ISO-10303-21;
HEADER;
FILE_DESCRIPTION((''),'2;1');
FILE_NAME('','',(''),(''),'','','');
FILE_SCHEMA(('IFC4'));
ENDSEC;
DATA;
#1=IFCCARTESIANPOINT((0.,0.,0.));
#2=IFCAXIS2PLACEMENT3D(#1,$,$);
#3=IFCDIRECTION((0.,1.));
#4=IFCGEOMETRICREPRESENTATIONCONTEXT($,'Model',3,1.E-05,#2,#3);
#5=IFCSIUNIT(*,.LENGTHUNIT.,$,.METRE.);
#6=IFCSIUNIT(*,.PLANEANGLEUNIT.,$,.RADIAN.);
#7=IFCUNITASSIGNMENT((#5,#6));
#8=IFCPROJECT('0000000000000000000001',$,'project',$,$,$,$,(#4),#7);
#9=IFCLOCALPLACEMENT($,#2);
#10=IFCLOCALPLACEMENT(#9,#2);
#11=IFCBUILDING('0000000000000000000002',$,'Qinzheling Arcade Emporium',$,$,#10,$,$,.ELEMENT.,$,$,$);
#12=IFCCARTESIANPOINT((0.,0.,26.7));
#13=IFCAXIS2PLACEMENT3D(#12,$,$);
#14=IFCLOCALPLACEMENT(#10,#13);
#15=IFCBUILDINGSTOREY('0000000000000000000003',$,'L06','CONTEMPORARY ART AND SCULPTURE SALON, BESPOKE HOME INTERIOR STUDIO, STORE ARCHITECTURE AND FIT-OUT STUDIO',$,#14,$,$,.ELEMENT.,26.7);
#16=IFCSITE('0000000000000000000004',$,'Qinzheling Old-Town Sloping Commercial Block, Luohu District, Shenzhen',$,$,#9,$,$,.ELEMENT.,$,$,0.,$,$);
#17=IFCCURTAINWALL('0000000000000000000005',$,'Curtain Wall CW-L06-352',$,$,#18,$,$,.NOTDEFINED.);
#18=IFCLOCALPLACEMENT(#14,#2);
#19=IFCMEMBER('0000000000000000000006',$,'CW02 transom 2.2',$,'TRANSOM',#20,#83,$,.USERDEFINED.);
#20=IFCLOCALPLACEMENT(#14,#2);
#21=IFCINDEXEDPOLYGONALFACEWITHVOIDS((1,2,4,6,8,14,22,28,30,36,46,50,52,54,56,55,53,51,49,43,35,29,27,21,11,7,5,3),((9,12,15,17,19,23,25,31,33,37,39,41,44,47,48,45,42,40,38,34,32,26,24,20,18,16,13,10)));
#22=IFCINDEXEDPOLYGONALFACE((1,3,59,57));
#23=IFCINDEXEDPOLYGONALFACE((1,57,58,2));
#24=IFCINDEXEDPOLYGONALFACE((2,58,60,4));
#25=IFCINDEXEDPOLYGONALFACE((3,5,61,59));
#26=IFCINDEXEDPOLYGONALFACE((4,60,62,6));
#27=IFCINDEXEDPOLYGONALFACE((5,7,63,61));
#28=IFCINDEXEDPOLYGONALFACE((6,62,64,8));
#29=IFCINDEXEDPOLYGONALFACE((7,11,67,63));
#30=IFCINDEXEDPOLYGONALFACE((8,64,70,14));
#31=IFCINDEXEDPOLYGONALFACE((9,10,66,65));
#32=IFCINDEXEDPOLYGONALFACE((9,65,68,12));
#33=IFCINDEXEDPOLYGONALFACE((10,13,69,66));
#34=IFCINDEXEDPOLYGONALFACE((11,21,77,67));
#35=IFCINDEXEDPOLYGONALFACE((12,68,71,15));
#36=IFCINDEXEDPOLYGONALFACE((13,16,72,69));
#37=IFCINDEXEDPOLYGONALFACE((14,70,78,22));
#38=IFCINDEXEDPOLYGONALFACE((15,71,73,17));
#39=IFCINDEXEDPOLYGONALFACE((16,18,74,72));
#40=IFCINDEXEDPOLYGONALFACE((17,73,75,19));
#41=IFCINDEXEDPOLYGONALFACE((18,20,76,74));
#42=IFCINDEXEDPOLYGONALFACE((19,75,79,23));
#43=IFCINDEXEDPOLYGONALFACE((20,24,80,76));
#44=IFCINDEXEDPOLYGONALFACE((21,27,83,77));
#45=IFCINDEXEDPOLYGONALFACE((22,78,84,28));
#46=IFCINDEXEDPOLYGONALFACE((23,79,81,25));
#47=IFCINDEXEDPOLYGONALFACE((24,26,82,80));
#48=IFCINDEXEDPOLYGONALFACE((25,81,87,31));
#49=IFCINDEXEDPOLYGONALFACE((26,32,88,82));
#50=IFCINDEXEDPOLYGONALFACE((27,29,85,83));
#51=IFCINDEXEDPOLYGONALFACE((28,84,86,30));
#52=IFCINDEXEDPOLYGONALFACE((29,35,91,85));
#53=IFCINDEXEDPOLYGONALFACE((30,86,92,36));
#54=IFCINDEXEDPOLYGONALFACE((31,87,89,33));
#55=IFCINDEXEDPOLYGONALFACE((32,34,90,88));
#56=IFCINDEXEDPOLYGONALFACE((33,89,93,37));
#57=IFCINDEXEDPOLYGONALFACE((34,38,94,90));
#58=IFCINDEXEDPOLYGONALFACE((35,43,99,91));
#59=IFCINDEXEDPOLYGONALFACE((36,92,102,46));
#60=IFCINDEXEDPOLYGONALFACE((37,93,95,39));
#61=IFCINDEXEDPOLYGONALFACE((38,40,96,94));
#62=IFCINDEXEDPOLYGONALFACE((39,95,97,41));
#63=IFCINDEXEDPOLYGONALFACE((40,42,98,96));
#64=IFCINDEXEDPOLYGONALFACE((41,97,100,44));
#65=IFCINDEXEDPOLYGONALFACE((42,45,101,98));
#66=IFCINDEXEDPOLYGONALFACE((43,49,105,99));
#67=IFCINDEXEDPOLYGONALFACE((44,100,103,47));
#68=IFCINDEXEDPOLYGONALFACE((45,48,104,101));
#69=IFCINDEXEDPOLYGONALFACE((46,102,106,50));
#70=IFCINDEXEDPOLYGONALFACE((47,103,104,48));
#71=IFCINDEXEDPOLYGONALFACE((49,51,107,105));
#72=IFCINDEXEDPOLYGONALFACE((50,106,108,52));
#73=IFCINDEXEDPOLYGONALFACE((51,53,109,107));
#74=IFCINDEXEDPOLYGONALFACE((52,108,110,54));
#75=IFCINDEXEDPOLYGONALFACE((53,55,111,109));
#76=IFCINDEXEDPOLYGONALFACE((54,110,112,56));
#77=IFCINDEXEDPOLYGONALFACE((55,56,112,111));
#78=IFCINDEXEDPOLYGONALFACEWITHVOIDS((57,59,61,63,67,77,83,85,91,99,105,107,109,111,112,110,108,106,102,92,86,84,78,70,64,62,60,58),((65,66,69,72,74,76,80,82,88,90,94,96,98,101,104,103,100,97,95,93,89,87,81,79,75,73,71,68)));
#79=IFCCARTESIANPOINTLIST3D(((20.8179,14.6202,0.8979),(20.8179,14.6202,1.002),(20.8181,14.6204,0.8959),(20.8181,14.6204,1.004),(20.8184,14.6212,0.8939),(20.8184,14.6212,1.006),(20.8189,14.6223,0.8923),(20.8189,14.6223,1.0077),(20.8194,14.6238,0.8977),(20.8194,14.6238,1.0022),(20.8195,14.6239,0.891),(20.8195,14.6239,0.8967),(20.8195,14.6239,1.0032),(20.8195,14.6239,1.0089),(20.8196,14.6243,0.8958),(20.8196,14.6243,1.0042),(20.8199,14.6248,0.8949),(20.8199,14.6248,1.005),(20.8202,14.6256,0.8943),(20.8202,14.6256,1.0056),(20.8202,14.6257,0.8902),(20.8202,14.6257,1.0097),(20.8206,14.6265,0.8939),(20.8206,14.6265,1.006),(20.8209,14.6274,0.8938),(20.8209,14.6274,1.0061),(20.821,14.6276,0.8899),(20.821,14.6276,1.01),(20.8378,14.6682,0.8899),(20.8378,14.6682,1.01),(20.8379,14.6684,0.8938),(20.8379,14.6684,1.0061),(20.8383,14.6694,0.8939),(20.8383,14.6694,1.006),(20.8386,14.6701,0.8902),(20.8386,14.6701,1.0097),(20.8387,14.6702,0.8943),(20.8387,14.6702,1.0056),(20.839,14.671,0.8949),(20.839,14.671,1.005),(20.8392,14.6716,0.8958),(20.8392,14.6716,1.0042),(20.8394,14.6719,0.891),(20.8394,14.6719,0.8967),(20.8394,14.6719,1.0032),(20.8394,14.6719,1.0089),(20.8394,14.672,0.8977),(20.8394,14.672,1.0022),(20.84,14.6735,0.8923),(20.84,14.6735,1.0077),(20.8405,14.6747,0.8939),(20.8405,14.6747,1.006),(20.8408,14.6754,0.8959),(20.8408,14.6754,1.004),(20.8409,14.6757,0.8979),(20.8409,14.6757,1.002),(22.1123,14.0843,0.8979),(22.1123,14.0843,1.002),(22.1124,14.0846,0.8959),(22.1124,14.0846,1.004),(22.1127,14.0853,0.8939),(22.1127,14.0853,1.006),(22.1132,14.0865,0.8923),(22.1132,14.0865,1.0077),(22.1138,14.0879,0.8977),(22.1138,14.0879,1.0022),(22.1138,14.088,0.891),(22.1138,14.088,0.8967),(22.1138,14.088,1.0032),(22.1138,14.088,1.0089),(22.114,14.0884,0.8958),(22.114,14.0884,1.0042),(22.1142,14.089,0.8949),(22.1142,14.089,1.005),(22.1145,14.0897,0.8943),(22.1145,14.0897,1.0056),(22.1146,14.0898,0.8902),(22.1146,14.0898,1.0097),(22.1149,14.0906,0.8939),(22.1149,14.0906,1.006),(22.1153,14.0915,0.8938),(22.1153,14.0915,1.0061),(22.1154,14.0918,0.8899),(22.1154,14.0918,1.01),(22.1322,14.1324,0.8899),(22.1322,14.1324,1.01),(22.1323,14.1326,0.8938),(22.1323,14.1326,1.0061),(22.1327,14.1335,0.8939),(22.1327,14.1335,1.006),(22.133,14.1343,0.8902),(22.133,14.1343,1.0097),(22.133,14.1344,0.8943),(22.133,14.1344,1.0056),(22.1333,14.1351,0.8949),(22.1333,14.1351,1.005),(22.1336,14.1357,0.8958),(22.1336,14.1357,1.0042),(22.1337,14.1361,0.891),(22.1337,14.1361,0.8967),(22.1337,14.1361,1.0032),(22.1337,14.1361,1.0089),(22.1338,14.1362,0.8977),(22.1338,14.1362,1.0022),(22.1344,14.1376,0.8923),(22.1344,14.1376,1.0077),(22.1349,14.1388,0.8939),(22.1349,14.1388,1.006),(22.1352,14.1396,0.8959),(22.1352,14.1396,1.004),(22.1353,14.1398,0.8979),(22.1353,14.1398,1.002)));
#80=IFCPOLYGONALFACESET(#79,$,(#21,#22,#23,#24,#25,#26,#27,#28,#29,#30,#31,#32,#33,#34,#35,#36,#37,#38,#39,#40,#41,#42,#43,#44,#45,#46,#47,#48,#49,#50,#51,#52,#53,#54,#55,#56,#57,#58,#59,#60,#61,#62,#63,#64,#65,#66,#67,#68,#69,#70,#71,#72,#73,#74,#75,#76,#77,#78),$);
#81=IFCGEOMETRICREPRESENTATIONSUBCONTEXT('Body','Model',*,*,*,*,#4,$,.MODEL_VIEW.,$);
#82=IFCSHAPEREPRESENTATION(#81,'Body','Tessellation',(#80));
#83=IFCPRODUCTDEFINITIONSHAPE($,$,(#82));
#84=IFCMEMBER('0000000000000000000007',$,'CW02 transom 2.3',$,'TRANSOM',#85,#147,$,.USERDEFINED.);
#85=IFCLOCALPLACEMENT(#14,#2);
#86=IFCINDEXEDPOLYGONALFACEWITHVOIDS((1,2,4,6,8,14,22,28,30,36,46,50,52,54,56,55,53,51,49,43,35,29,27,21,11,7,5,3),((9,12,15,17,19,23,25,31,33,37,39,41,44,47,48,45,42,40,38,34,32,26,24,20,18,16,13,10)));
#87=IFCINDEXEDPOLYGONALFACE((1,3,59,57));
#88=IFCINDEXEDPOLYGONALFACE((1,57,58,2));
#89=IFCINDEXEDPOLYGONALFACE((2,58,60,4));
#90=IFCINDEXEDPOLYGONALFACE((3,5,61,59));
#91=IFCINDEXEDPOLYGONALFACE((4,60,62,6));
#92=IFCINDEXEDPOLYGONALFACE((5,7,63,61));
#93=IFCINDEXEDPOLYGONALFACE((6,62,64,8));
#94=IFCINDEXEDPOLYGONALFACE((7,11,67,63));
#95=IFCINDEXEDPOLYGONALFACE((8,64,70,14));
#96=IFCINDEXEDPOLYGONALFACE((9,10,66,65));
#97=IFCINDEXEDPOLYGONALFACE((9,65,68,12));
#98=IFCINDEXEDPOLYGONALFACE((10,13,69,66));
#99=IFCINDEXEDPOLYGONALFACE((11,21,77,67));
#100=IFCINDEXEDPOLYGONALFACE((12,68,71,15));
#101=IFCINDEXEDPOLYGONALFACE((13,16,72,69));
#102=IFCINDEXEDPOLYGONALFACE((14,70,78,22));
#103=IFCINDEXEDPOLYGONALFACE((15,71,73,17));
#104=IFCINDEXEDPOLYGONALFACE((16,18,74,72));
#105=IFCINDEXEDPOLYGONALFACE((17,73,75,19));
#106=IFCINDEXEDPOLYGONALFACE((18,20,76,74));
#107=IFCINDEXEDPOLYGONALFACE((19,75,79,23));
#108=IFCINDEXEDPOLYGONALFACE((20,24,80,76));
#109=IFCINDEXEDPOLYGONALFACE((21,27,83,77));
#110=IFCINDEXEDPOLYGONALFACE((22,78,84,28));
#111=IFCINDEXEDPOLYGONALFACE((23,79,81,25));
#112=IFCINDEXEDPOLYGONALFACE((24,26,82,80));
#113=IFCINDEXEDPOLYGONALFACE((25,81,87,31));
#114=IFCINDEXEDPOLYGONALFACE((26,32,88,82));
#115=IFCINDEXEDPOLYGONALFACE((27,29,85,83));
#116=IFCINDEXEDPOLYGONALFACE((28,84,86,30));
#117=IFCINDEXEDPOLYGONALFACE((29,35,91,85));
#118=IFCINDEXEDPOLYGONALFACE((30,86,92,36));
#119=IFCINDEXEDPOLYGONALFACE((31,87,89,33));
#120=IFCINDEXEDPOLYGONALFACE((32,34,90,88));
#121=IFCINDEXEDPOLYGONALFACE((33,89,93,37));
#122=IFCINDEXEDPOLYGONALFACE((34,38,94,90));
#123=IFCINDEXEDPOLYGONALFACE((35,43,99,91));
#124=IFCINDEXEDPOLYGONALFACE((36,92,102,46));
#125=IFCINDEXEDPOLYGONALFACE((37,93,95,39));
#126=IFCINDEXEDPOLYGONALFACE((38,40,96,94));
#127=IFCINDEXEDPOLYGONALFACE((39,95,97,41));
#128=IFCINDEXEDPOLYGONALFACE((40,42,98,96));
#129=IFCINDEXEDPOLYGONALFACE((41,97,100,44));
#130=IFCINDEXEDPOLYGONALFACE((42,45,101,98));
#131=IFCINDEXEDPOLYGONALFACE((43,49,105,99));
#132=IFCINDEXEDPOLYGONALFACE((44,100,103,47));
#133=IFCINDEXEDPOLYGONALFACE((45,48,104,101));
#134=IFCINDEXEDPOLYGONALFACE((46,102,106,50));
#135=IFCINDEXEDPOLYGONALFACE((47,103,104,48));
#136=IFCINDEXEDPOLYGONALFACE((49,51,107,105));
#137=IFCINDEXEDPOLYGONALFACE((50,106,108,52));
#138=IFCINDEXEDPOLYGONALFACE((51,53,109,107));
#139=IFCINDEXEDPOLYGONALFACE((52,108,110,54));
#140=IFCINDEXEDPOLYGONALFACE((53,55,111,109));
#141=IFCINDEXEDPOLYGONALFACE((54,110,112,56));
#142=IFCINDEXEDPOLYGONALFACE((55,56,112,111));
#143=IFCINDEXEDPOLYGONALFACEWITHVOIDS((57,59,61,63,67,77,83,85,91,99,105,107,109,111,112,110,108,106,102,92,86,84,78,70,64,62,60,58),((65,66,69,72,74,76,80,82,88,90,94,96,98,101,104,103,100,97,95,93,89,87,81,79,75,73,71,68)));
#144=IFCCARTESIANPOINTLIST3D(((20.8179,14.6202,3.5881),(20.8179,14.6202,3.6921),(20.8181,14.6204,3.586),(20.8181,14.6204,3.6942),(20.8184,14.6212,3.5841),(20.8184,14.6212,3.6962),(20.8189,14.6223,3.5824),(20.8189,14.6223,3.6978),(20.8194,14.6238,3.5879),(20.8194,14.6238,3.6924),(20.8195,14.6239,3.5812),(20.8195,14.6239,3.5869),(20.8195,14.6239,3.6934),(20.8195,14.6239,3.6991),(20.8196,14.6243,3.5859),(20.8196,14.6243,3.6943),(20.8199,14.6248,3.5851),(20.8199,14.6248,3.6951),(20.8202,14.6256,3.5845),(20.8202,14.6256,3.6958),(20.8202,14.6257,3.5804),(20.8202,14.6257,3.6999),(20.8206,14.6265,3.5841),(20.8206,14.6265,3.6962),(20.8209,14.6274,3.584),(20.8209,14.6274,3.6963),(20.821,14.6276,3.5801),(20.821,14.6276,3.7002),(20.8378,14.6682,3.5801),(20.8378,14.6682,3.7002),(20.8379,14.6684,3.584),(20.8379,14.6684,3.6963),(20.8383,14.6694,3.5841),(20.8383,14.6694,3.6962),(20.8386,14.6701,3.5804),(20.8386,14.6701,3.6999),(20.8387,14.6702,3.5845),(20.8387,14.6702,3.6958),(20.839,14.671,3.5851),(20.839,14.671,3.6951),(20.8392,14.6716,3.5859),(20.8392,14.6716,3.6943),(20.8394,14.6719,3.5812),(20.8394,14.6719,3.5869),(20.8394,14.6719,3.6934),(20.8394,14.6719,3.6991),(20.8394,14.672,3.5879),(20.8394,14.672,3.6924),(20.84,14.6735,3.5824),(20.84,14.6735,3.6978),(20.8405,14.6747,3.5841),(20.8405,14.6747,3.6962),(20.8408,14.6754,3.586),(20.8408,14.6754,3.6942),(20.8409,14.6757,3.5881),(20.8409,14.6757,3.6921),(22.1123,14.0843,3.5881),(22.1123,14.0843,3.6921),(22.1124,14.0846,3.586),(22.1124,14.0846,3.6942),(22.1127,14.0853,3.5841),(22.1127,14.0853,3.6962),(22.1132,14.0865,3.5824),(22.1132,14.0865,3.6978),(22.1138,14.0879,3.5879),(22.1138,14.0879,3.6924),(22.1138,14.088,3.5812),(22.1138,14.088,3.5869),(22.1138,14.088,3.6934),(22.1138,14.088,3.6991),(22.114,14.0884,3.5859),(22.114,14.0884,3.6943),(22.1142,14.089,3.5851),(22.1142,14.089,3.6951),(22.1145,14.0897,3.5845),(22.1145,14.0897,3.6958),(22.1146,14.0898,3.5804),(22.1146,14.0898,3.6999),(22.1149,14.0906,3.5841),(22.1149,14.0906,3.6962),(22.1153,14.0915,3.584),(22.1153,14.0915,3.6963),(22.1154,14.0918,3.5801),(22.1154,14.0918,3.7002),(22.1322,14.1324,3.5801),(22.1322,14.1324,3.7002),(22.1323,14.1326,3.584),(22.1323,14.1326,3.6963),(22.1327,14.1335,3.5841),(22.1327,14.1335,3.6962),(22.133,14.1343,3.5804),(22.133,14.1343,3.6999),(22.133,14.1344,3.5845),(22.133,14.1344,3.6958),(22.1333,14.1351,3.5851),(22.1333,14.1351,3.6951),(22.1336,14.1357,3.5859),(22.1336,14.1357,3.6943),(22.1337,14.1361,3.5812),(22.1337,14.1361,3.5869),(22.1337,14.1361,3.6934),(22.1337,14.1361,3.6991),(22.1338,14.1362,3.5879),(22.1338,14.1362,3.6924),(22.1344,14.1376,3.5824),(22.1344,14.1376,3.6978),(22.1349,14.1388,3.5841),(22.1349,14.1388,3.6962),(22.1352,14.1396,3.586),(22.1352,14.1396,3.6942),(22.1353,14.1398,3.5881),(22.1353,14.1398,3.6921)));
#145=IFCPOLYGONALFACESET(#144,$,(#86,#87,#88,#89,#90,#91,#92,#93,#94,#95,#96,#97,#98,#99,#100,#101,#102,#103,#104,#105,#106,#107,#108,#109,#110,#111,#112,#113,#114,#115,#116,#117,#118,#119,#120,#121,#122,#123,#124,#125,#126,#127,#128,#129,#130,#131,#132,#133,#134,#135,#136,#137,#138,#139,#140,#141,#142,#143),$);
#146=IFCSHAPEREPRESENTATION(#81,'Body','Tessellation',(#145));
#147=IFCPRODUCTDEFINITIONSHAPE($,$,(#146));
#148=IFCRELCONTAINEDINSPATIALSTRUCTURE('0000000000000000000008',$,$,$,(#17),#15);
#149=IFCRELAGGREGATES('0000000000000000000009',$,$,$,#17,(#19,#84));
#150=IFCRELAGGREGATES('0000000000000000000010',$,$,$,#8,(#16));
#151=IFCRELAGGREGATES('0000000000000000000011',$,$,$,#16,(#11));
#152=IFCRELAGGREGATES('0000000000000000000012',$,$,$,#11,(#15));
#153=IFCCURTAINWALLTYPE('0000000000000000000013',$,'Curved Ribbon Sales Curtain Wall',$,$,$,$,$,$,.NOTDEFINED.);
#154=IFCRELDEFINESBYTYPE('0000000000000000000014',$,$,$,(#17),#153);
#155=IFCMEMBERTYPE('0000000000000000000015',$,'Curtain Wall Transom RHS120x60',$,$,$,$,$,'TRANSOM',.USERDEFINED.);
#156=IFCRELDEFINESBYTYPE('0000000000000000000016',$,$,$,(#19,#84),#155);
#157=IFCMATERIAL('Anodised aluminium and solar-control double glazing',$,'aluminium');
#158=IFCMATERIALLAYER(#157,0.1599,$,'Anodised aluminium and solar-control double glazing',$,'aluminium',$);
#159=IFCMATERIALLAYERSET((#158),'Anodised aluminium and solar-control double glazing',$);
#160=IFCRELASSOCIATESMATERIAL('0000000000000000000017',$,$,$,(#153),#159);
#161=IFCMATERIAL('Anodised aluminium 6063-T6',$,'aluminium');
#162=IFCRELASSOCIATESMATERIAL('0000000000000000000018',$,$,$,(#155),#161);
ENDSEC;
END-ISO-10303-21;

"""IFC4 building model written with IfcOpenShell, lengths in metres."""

from ifc_helpers import new_model, si_unit, direction, frame, origin, origin_2d, place, context, subcontext, project, spatial, hollow_rectangle, extrude, material, layer, layer_set, material_profile, profile_set, type_object, element, aggregate, save


model = new_model("IFC4")

# Units and contexts
model_context = context("Model", 3, precision=1e-05, world=origin(), true_north=direction((0.0, 1.0)))
body_context = subcontext(model_context, "Body", "Model", "MODEL_VIEW")
ifc_project = project(units=[si_unit("LENGTHUNIT", "METRE"), si_unit("PLANEANGLEUNIT", "RADIAN")], contexts=[model_context])

# Site, building, storey
site_placement = place(None, origin())
site = spatial("IfcSite", under=ifc_project, at=site_placement, Name="Qinzheling Old-Town Sloping Commercial Block, Luohu District, Shenzhen", CompositionType="ELEMENT", RefElevation=0.0)
building_placement = place(site_placement, origin())
building = spatial("IfcBuilding", under=site, at=building_placement, Name="Qinzheling Arcade Emporium", CompositionType="ELEMENT")
storey_placement = place(building_placement, frame((0.0, 0.0, 26.7)))
storey = spatial("IfcBuildingStorey", under=building, at=storey_placement, Name="L06", Description="CONTEMPORARY ART AND SCULPTURE SALON, BESPOKE HOME INTERIOR STUDIO, STORE ARCHITECTURE AND FIT-OUT STUDIO", CompositionType="ELEMENT", Elevation=26.7)

# Curtain wall
ifc_material_1 = material(Name="Anodised aluminium and solar-control double glazing", Category="aluminium")
ifc_layer_1 = layer(ifc_material_1, 0.1599, Name="Anodised aluminium and solar-control double glazing", Category="aluminium")
ifc_layer_set_1 = layer_set([ifc_layer_1], Name="Anodised aluminium and solar-control double glazing")
curtain_wall_type = type_object("IfcCurtainWallType", Name="Curved Ribbon Sales Curtain Wall", PredefinedType="NOTDEFINED", material=ifc_layer_set_1)
curtain_wall_1_placement = place(storey_placement, origin())
curtain_wall_1 = element("IfcCurtainWall", 1, at=curtain_wall_1_placement, inside=storey, type_object=curtain_wall_type, Name="Curtain Wall CW-L06-352", PredefinedType="NOTDEFINED")
ifc_material_2 = material(Name="Anodised aluminium 6063-T6", Category="aluminium")

# Members
ifc_material_profile_1 = material_profile(ifc_material_2, hollow_rectangle(XDim=0.0601, YDim=0.1201, WallThickness=0.0039, InnerFilletRadius=0.0039, OuterFilletRadius=0.0081, at=origin_2d()), Name="RHS 120x60x4", Category="aluminium")
ifc_profile_set_1 = profile_set([ifc_material_profile_1], Name="Anodised aluminium 6063-T6")
member_type_1 = type_object("IfcMemberType", Name="Curtain Wall Transom RHS120x60", ElementType="TRANSOM", PredefinedType="USERDEFINED", material=ifc_profile_set_1)
member_1_placement = place(storey_placement, frame((22.1238, 14.1121, 0.95), z_axis=(-0.923951, 0.382511, 0.0), x_axis=(-0.382511, -0.923951, 0.0)))
member_1 = element("IfcMember", 2, at=member_1_placement, type_object=member_type_1, Name="CW02 transom 2.2", ObjectType="TRANSOM", PredefinedType="USERDEFINED", context=body_context, shape_type="SweptSolid", body=[
    extrude(hollow_rectangle(XDim=0.0601, YDim=0.1201, WallThickness=0.0039, InnerFilletRadius=0.0039, OuterFilletRadius=0.0081, at=origin_2d()), origin(), (0.0, 0.0, 1.0), 1.4009),
])
member_2_placement = place(storey_placement, frame((22.1238, 14.1121, 3.6401), z_axis=(-0.923951, 0.382511, 0.0), x_axis=(-0.382511, -0.923951, 0.0)))
member_2 = element("IfcMember", 3, at=member_2_placement, type_object=member_type_1, Name="CW02 transom 2.3", ObjectType="TRANSOM", PredefinedType="USERDEFINED", context=body_context, shape_type="SweptSolid", body=[
    extrude(hollow_rectangle(XDim=0.0601, YDim=0.1201, WallThickness=0.0039, InnerFilletRadius=0.0039, OuterFilletRadius=0.0081, at=origin_2d()), origin(), (0.0, 0.0, 1.0), 1.4009),
])

aggregate(curtain_wall_1, [member_1, member_2])

save(model, "model.ifc")
